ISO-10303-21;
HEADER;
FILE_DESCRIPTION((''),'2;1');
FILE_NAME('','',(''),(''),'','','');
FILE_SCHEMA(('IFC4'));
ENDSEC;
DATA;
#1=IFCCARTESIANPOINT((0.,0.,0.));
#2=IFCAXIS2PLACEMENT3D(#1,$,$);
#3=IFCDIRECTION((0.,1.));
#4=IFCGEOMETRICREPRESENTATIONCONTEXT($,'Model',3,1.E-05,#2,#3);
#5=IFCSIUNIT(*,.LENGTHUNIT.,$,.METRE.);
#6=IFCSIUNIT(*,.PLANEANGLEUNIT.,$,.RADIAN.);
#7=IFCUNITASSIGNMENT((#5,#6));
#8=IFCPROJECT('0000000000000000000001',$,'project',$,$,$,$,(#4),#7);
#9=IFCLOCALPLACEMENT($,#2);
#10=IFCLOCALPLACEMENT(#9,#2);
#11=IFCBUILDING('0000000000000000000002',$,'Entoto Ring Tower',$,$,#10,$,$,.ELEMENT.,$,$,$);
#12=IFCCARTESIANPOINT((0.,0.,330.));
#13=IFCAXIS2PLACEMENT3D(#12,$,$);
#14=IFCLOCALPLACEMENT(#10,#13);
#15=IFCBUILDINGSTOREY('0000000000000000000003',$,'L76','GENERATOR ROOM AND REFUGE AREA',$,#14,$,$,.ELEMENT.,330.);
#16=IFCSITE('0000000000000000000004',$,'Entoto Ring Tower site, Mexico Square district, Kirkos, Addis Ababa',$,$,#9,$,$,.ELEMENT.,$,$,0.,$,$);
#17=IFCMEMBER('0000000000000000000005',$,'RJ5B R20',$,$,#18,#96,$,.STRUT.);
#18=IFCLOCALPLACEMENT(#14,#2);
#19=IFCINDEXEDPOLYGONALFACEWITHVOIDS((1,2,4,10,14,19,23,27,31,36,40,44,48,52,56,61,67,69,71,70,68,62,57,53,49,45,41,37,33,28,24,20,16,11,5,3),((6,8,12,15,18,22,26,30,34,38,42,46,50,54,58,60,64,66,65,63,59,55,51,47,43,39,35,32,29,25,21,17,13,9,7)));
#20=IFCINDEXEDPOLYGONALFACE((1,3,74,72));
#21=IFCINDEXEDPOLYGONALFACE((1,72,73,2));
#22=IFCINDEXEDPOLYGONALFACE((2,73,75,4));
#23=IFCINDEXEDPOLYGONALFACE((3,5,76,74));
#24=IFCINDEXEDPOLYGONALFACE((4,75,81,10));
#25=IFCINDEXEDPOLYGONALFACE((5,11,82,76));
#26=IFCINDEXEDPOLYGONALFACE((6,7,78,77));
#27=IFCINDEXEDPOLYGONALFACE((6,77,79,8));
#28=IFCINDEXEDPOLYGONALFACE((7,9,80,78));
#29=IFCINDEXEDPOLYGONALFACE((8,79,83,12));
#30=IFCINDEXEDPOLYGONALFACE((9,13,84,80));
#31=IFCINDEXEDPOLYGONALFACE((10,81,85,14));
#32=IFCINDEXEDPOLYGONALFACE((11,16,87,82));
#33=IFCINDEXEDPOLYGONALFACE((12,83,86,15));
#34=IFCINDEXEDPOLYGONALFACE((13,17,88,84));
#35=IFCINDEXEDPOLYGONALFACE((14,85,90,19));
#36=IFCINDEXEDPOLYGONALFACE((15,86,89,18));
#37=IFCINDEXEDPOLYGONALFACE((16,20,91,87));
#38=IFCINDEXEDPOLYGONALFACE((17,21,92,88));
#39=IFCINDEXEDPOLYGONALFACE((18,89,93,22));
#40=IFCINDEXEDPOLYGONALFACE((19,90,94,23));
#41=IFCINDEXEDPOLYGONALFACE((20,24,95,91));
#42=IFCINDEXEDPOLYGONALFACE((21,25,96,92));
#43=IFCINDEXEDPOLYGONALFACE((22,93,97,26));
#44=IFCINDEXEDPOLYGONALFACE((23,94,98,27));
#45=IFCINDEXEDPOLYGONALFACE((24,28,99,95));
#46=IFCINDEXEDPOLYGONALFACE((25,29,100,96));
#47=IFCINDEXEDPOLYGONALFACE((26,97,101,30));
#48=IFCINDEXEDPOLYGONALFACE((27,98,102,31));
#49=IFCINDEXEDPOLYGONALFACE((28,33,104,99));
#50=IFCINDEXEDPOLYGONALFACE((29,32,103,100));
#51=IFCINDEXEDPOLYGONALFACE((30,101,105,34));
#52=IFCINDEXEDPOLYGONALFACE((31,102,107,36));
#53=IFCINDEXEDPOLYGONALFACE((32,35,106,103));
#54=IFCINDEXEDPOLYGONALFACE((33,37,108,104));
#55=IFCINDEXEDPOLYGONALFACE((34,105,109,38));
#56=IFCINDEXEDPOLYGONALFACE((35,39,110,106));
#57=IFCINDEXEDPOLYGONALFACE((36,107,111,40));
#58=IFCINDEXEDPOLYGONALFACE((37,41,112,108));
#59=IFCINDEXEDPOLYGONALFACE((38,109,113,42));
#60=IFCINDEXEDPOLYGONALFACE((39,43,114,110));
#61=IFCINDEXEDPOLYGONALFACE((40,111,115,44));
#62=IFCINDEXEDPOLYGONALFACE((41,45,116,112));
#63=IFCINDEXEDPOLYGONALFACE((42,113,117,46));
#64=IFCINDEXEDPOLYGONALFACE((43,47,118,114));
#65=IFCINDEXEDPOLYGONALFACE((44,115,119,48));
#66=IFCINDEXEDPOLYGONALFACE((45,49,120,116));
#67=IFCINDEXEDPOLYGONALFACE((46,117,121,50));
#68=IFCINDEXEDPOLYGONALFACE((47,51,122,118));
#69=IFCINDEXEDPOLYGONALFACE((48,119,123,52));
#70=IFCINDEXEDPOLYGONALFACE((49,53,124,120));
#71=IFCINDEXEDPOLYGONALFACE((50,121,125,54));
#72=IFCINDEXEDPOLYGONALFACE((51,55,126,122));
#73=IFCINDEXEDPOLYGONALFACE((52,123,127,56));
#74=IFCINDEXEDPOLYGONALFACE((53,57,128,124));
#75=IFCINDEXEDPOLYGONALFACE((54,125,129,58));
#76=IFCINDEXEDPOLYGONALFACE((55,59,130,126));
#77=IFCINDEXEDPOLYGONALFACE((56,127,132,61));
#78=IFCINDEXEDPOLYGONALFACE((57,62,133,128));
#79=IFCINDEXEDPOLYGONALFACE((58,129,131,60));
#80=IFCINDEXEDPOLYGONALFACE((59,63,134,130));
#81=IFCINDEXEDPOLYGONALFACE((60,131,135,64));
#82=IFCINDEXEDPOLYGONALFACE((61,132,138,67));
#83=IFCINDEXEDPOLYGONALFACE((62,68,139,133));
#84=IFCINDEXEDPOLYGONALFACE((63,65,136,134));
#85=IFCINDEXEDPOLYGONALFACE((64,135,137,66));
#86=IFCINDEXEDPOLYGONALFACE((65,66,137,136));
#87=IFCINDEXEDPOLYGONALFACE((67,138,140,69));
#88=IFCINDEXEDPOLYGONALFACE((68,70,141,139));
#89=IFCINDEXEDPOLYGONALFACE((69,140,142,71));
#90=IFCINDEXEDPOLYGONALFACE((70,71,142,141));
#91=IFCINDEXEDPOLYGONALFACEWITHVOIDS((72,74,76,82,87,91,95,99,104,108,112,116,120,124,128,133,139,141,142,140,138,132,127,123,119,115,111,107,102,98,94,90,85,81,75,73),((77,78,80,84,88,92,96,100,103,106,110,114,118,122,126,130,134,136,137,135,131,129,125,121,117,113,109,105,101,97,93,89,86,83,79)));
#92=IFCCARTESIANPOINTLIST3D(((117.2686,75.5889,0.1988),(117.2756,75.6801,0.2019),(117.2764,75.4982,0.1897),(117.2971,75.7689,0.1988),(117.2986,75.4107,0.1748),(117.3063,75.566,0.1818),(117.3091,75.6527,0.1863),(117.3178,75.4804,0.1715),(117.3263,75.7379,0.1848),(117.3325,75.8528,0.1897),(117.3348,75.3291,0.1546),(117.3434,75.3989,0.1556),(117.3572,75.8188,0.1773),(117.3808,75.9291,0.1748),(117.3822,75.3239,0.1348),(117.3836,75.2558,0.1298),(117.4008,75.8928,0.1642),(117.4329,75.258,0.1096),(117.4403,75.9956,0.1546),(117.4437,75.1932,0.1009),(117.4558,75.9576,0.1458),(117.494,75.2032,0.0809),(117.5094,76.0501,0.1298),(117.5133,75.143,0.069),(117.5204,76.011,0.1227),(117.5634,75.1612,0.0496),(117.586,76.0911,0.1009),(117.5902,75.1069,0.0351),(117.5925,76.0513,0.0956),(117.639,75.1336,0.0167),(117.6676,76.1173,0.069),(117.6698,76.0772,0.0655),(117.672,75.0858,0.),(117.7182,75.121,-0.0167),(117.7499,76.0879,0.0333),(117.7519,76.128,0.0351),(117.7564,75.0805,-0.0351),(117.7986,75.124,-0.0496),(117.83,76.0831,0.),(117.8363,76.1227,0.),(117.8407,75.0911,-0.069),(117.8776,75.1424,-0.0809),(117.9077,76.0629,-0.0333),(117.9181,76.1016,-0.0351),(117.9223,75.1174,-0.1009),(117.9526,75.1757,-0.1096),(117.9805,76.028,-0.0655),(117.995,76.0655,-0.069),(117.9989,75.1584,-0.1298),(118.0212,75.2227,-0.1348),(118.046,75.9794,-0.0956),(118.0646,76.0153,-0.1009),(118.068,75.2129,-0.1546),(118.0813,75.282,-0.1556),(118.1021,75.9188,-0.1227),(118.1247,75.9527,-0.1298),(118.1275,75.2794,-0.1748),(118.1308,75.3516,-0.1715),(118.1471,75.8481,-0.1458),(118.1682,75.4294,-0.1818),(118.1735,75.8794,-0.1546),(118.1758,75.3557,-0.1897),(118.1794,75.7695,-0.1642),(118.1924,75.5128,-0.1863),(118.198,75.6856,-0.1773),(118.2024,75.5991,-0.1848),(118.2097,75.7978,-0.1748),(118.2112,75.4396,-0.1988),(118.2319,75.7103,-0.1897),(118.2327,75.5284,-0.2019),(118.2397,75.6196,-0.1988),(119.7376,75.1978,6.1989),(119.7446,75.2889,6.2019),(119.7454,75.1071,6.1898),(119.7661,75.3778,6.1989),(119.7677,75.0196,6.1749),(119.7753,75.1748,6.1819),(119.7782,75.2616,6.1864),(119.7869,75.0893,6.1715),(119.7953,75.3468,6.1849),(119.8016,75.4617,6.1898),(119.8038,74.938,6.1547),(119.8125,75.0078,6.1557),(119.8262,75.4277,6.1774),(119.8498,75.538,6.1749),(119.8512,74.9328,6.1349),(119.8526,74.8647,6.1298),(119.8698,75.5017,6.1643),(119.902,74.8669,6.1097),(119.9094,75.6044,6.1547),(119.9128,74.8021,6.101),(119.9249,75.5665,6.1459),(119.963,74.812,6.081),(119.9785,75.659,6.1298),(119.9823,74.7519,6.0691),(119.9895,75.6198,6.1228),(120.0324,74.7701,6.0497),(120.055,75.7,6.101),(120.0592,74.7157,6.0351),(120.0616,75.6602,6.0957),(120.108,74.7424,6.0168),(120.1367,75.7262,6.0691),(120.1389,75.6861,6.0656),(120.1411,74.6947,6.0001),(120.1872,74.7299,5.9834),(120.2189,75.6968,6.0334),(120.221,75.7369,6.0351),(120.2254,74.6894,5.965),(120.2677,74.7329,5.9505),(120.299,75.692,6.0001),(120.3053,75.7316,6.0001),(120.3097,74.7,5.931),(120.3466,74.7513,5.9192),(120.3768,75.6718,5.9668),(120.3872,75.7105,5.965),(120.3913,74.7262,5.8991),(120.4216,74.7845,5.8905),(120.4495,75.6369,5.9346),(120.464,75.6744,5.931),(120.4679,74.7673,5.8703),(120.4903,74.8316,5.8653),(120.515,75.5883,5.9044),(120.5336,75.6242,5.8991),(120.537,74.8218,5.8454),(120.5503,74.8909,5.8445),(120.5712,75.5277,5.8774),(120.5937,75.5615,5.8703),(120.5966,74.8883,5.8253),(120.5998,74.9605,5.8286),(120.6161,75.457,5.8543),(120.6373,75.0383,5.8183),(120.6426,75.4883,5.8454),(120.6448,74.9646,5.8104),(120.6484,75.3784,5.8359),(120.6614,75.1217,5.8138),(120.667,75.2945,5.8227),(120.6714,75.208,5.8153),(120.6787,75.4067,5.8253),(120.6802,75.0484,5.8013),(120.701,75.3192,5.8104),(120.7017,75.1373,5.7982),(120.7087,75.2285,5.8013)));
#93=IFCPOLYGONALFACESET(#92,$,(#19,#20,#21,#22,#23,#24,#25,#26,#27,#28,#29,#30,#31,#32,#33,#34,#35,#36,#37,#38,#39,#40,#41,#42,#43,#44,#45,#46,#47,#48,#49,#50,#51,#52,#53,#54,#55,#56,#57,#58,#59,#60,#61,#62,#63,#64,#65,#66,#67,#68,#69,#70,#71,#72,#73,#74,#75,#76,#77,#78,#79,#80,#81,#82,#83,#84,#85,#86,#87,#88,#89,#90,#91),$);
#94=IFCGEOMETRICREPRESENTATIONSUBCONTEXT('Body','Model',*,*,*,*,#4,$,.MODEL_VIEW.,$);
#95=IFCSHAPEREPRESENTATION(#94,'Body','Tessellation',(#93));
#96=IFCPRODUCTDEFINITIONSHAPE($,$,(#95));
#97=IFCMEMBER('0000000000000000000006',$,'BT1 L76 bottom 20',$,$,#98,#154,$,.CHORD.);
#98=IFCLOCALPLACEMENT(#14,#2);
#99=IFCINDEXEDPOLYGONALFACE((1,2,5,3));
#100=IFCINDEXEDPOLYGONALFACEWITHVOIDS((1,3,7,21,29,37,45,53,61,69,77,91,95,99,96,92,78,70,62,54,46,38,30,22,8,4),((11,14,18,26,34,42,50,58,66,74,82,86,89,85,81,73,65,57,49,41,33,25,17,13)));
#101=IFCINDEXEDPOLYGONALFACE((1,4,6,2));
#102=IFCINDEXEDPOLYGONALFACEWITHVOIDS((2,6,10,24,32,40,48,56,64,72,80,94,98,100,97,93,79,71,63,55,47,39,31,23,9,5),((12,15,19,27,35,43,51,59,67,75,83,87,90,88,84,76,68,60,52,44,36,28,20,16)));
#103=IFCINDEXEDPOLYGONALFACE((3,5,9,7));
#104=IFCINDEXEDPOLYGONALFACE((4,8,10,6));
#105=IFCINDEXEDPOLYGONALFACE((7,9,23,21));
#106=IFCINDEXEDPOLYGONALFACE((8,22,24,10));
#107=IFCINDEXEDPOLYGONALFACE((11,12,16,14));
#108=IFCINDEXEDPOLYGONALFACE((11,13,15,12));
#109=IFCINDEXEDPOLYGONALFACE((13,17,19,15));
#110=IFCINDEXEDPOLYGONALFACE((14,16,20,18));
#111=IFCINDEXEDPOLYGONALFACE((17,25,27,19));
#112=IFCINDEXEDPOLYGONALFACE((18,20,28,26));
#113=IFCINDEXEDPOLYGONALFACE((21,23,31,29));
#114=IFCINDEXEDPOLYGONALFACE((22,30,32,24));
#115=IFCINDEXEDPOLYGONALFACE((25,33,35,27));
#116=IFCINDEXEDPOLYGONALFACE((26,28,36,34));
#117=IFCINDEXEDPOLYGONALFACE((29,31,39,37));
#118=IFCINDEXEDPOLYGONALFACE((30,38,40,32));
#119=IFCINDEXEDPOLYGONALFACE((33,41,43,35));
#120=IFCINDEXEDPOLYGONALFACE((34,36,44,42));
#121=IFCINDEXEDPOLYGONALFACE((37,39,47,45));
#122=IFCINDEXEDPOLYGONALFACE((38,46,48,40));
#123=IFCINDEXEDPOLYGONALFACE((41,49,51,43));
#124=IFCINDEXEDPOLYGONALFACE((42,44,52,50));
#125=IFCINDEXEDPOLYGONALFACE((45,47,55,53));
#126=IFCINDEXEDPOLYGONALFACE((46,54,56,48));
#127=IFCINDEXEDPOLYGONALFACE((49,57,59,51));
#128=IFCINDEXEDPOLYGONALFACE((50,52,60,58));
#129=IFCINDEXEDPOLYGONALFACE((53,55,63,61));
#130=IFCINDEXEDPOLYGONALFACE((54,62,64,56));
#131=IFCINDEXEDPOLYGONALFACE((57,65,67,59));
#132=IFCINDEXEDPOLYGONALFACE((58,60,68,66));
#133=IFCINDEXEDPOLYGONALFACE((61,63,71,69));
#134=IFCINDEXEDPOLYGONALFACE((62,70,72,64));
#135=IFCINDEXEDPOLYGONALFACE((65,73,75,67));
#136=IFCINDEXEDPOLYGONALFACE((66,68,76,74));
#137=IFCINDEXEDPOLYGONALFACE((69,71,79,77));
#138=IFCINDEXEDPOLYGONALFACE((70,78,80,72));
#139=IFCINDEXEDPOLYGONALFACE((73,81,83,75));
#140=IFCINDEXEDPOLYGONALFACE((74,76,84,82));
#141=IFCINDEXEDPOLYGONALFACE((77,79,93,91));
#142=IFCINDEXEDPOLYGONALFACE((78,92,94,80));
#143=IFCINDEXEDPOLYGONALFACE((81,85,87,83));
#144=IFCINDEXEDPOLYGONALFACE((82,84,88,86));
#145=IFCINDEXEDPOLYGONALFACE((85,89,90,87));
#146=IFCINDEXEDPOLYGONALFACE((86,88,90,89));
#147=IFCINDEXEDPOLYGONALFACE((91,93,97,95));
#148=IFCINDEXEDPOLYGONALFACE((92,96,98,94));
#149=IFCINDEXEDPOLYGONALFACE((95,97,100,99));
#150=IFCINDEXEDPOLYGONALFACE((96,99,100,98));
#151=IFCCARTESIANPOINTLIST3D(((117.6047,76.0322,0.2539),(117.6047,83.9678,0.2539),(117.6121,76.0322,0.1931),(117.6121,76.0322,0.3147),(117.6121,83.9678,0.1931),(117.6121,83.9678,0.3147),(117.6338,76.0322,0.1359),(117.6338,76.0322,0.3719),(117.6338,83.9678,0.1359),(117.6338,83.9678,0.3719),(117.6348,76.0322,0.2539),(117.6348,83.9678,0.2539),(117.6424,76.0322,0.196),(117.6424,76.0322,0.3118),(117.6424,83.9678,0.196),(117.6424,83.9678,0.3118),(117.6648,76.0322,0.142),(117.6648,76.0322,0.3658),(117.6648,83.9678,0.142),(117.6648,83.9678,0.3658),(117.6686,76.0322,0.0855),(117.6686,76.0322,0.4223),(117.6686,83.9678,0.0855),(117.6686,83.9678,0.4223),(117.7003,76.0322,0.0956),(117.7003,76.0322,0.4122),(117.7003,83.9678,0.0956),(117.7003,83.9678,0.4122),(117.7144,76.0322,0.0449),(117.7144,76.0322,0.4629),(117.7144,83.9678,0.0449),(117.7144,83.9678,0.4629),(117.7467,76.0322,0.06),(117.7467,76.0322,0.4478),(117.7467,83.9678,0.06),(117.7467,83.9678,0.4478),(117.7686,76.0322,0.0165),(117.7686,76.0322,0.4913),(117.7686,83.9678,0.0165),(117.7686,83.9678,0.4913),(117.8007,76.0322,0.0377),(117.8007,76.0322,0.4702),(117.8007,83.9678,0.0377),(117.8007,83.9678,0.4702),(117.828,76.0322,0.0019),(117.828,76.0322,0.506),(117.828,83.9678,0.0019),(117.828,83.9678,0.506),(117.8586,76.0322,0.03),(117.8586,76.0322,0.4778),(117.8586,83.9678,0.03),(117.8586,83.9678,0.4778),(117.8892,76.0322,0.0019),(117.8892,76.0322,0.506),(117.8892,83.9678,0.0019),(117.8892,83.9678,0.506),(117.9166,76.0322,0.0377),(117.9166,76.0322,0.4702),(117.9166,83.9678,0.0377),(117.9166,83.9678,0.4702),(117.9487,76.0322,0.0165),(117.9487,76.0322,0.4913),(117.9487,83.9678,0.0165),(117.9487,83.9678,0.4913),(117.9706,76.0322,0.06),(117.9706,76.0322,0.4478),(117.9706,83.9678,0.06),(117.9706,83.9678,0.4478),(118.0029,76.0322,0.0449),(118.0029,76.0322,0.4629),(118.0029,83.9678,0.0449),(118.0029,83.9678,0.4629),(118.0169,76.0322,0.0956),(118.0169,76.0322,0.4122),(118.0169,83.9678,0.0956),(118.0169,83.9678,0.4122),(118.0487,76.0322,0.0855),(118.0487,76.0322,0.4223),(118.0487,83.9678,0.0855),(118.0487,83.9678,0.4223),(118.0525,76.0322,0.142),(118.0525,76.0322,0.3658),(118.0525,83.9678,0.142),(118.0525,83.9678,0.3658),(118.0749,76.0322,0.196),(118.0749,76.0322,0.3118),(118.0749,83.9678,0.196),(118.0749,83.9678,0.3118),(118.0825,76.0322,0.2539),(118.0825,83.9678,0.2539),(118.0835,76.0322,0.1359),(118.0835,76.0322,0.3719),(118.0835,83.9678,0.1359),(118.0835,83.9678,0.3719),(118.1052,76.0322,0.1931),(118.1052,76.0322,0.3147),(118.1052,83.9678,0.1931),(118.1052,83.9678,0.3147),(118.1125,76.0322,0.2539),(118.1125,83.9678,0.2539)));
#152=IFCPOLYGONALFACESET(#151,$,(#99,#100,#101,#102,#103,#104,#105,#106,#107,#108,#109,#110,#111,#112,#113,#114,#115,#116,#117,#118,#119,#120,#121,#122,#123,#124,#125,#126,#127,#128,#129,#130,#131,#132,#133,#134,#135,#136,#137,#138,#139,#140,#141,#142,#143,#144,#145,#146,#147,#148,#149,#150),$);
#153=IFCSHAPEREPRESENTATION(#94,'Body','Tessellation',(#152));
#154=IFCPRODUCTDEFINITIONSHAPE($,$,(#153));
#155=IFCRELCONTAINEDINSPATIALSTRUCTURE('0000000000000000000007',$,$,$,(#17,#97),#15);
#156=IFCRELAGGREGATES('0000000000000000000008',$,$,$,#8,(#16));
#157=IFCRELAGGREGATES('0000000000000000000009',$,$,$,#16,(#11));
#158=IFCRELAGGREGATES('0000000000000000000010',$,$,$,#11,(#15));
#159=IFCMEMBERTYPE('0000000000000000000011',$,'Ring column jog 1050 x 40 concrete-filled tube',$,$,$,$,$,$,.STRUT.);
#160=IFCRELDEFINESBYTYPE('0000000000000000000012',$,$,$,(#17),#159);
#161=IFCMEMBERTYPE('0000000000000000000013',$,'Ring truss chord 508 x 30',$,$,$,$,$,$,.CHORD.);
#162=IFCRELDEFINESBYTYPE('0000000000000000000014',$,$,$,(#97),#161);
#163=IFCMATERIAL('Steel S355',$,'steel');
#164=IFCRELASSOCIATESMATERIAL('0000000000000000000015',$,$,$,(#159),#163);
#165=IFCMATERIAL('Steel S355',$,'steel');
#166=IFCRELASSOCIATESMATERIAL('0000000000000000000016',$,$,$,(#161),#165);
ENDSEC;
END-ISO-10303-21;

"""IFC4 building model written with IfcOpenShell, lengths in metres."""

from ifc_helpers import new_model, si_unit, direction, frame, origin, origin_2d, place, context, subcontext, project, spatial, circle, hollow_circle, extrude, material, material_profile, profile_set, type_object, element, save


model = new_model("IFC4")

# Units and contexts
model_context = context("Model", 3, precision=1e-05, world=origin(), true_north=direction((0.0, 1.0)))
body_context = subcontext(model_context, "Body", "Model", "MODEL_VIEW")
ifc_project = project(units=[si_unit("LENGTHUNIT", "METRE"), si_unit("PLANEANGLEUNIT", "RADIAN")], contexts=[model_context])

# Site, building, storey
site_placement = place(None, origin())
site = spatial("IfcSite", under=ifc_project, at=site_placement, Name="Entoto Ring Tower site, Mexico Square district, Kirkos, Addis Ababa", CompositionType="ELEMENT", RefElevation=0.0)
building_placement = place(site_placement, origin())
building = spatial("IfcBuilding", under=site, at=building_placement, Name="Entoto Ring Tower", CompositionType="ELEMENT")
storey_placement = place(building_placement, frame((0.0, 0.0, 330.0)))
storey = spatial("IfcBuildingStorey", under=building, at=storey_placement, Name="L76", Description="GENERATOR ROOM AND REFUGE AREA", CompositionType="ELEMENT", Elevation=330.0)

# Members
ifc_material_1 = material(Name="Steel S355", Category="steel")
ifc_material_profile_1 = material_profile(ifc_material_1, hollow_circle(Radius=0.5249, WallThickness=0.04, at=origin_2d()), Name="CHS 1050 x 40")
ifc_material_2 = material(Name="Concrete C60/75", Category="concrete")
ifc_material_profile_2 = material_profile(ifc_material_2, circle(Radius=0.4851, at=origin_2d()), Name="Concrete C60/75 infill")
ifc_profile_set_1 = profile_set([ifc_material_profile_1, ifc_material_profile_2], Name="Steel S355")
member_type_1 = type_object("IfcMemberType", Name="Ring column jog 1050 x 40 concrete-filled tube", PredefinedType="STRUT", material=ifc_profile_set_1)
member_1_placement = place(storey_placement, frame((117.7542, 75.6042, 0.0), z_axis=(0.37985, -0.060172, 0.923089), x_axis=(0.156459, 0.987684, 0.0)))
element("IfcMember", 1, at=member_1_placement, inside=storey, type_object=member_type_1, Name="RJ5B R20", PredefinedType="STRUT", context=body_context, shape_type="SweptSolid", body=[
    extrude(hollow_circle(Radius=0.5249, WallThickness=0.04, at=origin_2d()), origin(), (0.0, 0.0, 1.0), 6.5),
])
ifc_material_3 = material(Name="Steel S355", Category="steel")
ifc_material_profile_3 = material_profile(ifc_material_3, hollow_circle(Radius=0.2539, WallThickness=0.03, at=origin_2d()), Name="CHS 508 x 30")
ifc_material_4 = material(Name="Concrete C60/75", Category="concrete")
ifc_material_profile_4 = material_profile(ifc_material_4, circle(Radius=0.2241, at=origin_2d()), Name="Concrete C60/75 infill")
ifc_profile_set_2 = profile_set([ifc_material_profile_3, ifc_material_profile_4], Name="Steel S355")
member_type_2 = type_object("IfcMemberType", Name="Ring truss chord 508 x 30", PredefinedType="CHORD", material=ifc_profile_set_2)
member_2_placement = place(storey_placement, frame((117.8586, 76.0322, 0.2539), z_axis=(0.0, 1.0, 0.0), x_axis=(-1.0, 0.0, 0.0)))
element("IfcMember", 2, at=member_2_placement, inside=storey, type_object=member_type_2, Name="BT1 L76 bottom 20", PredefinedType="CHORD", context=body_context, shape_type="SweptSolid", body=[
    extrude(hollow_circle(Radius=0.2539, WallThickness=0.03, at=origin_2d()), origin(), (0.0, 0.0, 1.0), 7.9355),
])

save(model, "model.ifc")
